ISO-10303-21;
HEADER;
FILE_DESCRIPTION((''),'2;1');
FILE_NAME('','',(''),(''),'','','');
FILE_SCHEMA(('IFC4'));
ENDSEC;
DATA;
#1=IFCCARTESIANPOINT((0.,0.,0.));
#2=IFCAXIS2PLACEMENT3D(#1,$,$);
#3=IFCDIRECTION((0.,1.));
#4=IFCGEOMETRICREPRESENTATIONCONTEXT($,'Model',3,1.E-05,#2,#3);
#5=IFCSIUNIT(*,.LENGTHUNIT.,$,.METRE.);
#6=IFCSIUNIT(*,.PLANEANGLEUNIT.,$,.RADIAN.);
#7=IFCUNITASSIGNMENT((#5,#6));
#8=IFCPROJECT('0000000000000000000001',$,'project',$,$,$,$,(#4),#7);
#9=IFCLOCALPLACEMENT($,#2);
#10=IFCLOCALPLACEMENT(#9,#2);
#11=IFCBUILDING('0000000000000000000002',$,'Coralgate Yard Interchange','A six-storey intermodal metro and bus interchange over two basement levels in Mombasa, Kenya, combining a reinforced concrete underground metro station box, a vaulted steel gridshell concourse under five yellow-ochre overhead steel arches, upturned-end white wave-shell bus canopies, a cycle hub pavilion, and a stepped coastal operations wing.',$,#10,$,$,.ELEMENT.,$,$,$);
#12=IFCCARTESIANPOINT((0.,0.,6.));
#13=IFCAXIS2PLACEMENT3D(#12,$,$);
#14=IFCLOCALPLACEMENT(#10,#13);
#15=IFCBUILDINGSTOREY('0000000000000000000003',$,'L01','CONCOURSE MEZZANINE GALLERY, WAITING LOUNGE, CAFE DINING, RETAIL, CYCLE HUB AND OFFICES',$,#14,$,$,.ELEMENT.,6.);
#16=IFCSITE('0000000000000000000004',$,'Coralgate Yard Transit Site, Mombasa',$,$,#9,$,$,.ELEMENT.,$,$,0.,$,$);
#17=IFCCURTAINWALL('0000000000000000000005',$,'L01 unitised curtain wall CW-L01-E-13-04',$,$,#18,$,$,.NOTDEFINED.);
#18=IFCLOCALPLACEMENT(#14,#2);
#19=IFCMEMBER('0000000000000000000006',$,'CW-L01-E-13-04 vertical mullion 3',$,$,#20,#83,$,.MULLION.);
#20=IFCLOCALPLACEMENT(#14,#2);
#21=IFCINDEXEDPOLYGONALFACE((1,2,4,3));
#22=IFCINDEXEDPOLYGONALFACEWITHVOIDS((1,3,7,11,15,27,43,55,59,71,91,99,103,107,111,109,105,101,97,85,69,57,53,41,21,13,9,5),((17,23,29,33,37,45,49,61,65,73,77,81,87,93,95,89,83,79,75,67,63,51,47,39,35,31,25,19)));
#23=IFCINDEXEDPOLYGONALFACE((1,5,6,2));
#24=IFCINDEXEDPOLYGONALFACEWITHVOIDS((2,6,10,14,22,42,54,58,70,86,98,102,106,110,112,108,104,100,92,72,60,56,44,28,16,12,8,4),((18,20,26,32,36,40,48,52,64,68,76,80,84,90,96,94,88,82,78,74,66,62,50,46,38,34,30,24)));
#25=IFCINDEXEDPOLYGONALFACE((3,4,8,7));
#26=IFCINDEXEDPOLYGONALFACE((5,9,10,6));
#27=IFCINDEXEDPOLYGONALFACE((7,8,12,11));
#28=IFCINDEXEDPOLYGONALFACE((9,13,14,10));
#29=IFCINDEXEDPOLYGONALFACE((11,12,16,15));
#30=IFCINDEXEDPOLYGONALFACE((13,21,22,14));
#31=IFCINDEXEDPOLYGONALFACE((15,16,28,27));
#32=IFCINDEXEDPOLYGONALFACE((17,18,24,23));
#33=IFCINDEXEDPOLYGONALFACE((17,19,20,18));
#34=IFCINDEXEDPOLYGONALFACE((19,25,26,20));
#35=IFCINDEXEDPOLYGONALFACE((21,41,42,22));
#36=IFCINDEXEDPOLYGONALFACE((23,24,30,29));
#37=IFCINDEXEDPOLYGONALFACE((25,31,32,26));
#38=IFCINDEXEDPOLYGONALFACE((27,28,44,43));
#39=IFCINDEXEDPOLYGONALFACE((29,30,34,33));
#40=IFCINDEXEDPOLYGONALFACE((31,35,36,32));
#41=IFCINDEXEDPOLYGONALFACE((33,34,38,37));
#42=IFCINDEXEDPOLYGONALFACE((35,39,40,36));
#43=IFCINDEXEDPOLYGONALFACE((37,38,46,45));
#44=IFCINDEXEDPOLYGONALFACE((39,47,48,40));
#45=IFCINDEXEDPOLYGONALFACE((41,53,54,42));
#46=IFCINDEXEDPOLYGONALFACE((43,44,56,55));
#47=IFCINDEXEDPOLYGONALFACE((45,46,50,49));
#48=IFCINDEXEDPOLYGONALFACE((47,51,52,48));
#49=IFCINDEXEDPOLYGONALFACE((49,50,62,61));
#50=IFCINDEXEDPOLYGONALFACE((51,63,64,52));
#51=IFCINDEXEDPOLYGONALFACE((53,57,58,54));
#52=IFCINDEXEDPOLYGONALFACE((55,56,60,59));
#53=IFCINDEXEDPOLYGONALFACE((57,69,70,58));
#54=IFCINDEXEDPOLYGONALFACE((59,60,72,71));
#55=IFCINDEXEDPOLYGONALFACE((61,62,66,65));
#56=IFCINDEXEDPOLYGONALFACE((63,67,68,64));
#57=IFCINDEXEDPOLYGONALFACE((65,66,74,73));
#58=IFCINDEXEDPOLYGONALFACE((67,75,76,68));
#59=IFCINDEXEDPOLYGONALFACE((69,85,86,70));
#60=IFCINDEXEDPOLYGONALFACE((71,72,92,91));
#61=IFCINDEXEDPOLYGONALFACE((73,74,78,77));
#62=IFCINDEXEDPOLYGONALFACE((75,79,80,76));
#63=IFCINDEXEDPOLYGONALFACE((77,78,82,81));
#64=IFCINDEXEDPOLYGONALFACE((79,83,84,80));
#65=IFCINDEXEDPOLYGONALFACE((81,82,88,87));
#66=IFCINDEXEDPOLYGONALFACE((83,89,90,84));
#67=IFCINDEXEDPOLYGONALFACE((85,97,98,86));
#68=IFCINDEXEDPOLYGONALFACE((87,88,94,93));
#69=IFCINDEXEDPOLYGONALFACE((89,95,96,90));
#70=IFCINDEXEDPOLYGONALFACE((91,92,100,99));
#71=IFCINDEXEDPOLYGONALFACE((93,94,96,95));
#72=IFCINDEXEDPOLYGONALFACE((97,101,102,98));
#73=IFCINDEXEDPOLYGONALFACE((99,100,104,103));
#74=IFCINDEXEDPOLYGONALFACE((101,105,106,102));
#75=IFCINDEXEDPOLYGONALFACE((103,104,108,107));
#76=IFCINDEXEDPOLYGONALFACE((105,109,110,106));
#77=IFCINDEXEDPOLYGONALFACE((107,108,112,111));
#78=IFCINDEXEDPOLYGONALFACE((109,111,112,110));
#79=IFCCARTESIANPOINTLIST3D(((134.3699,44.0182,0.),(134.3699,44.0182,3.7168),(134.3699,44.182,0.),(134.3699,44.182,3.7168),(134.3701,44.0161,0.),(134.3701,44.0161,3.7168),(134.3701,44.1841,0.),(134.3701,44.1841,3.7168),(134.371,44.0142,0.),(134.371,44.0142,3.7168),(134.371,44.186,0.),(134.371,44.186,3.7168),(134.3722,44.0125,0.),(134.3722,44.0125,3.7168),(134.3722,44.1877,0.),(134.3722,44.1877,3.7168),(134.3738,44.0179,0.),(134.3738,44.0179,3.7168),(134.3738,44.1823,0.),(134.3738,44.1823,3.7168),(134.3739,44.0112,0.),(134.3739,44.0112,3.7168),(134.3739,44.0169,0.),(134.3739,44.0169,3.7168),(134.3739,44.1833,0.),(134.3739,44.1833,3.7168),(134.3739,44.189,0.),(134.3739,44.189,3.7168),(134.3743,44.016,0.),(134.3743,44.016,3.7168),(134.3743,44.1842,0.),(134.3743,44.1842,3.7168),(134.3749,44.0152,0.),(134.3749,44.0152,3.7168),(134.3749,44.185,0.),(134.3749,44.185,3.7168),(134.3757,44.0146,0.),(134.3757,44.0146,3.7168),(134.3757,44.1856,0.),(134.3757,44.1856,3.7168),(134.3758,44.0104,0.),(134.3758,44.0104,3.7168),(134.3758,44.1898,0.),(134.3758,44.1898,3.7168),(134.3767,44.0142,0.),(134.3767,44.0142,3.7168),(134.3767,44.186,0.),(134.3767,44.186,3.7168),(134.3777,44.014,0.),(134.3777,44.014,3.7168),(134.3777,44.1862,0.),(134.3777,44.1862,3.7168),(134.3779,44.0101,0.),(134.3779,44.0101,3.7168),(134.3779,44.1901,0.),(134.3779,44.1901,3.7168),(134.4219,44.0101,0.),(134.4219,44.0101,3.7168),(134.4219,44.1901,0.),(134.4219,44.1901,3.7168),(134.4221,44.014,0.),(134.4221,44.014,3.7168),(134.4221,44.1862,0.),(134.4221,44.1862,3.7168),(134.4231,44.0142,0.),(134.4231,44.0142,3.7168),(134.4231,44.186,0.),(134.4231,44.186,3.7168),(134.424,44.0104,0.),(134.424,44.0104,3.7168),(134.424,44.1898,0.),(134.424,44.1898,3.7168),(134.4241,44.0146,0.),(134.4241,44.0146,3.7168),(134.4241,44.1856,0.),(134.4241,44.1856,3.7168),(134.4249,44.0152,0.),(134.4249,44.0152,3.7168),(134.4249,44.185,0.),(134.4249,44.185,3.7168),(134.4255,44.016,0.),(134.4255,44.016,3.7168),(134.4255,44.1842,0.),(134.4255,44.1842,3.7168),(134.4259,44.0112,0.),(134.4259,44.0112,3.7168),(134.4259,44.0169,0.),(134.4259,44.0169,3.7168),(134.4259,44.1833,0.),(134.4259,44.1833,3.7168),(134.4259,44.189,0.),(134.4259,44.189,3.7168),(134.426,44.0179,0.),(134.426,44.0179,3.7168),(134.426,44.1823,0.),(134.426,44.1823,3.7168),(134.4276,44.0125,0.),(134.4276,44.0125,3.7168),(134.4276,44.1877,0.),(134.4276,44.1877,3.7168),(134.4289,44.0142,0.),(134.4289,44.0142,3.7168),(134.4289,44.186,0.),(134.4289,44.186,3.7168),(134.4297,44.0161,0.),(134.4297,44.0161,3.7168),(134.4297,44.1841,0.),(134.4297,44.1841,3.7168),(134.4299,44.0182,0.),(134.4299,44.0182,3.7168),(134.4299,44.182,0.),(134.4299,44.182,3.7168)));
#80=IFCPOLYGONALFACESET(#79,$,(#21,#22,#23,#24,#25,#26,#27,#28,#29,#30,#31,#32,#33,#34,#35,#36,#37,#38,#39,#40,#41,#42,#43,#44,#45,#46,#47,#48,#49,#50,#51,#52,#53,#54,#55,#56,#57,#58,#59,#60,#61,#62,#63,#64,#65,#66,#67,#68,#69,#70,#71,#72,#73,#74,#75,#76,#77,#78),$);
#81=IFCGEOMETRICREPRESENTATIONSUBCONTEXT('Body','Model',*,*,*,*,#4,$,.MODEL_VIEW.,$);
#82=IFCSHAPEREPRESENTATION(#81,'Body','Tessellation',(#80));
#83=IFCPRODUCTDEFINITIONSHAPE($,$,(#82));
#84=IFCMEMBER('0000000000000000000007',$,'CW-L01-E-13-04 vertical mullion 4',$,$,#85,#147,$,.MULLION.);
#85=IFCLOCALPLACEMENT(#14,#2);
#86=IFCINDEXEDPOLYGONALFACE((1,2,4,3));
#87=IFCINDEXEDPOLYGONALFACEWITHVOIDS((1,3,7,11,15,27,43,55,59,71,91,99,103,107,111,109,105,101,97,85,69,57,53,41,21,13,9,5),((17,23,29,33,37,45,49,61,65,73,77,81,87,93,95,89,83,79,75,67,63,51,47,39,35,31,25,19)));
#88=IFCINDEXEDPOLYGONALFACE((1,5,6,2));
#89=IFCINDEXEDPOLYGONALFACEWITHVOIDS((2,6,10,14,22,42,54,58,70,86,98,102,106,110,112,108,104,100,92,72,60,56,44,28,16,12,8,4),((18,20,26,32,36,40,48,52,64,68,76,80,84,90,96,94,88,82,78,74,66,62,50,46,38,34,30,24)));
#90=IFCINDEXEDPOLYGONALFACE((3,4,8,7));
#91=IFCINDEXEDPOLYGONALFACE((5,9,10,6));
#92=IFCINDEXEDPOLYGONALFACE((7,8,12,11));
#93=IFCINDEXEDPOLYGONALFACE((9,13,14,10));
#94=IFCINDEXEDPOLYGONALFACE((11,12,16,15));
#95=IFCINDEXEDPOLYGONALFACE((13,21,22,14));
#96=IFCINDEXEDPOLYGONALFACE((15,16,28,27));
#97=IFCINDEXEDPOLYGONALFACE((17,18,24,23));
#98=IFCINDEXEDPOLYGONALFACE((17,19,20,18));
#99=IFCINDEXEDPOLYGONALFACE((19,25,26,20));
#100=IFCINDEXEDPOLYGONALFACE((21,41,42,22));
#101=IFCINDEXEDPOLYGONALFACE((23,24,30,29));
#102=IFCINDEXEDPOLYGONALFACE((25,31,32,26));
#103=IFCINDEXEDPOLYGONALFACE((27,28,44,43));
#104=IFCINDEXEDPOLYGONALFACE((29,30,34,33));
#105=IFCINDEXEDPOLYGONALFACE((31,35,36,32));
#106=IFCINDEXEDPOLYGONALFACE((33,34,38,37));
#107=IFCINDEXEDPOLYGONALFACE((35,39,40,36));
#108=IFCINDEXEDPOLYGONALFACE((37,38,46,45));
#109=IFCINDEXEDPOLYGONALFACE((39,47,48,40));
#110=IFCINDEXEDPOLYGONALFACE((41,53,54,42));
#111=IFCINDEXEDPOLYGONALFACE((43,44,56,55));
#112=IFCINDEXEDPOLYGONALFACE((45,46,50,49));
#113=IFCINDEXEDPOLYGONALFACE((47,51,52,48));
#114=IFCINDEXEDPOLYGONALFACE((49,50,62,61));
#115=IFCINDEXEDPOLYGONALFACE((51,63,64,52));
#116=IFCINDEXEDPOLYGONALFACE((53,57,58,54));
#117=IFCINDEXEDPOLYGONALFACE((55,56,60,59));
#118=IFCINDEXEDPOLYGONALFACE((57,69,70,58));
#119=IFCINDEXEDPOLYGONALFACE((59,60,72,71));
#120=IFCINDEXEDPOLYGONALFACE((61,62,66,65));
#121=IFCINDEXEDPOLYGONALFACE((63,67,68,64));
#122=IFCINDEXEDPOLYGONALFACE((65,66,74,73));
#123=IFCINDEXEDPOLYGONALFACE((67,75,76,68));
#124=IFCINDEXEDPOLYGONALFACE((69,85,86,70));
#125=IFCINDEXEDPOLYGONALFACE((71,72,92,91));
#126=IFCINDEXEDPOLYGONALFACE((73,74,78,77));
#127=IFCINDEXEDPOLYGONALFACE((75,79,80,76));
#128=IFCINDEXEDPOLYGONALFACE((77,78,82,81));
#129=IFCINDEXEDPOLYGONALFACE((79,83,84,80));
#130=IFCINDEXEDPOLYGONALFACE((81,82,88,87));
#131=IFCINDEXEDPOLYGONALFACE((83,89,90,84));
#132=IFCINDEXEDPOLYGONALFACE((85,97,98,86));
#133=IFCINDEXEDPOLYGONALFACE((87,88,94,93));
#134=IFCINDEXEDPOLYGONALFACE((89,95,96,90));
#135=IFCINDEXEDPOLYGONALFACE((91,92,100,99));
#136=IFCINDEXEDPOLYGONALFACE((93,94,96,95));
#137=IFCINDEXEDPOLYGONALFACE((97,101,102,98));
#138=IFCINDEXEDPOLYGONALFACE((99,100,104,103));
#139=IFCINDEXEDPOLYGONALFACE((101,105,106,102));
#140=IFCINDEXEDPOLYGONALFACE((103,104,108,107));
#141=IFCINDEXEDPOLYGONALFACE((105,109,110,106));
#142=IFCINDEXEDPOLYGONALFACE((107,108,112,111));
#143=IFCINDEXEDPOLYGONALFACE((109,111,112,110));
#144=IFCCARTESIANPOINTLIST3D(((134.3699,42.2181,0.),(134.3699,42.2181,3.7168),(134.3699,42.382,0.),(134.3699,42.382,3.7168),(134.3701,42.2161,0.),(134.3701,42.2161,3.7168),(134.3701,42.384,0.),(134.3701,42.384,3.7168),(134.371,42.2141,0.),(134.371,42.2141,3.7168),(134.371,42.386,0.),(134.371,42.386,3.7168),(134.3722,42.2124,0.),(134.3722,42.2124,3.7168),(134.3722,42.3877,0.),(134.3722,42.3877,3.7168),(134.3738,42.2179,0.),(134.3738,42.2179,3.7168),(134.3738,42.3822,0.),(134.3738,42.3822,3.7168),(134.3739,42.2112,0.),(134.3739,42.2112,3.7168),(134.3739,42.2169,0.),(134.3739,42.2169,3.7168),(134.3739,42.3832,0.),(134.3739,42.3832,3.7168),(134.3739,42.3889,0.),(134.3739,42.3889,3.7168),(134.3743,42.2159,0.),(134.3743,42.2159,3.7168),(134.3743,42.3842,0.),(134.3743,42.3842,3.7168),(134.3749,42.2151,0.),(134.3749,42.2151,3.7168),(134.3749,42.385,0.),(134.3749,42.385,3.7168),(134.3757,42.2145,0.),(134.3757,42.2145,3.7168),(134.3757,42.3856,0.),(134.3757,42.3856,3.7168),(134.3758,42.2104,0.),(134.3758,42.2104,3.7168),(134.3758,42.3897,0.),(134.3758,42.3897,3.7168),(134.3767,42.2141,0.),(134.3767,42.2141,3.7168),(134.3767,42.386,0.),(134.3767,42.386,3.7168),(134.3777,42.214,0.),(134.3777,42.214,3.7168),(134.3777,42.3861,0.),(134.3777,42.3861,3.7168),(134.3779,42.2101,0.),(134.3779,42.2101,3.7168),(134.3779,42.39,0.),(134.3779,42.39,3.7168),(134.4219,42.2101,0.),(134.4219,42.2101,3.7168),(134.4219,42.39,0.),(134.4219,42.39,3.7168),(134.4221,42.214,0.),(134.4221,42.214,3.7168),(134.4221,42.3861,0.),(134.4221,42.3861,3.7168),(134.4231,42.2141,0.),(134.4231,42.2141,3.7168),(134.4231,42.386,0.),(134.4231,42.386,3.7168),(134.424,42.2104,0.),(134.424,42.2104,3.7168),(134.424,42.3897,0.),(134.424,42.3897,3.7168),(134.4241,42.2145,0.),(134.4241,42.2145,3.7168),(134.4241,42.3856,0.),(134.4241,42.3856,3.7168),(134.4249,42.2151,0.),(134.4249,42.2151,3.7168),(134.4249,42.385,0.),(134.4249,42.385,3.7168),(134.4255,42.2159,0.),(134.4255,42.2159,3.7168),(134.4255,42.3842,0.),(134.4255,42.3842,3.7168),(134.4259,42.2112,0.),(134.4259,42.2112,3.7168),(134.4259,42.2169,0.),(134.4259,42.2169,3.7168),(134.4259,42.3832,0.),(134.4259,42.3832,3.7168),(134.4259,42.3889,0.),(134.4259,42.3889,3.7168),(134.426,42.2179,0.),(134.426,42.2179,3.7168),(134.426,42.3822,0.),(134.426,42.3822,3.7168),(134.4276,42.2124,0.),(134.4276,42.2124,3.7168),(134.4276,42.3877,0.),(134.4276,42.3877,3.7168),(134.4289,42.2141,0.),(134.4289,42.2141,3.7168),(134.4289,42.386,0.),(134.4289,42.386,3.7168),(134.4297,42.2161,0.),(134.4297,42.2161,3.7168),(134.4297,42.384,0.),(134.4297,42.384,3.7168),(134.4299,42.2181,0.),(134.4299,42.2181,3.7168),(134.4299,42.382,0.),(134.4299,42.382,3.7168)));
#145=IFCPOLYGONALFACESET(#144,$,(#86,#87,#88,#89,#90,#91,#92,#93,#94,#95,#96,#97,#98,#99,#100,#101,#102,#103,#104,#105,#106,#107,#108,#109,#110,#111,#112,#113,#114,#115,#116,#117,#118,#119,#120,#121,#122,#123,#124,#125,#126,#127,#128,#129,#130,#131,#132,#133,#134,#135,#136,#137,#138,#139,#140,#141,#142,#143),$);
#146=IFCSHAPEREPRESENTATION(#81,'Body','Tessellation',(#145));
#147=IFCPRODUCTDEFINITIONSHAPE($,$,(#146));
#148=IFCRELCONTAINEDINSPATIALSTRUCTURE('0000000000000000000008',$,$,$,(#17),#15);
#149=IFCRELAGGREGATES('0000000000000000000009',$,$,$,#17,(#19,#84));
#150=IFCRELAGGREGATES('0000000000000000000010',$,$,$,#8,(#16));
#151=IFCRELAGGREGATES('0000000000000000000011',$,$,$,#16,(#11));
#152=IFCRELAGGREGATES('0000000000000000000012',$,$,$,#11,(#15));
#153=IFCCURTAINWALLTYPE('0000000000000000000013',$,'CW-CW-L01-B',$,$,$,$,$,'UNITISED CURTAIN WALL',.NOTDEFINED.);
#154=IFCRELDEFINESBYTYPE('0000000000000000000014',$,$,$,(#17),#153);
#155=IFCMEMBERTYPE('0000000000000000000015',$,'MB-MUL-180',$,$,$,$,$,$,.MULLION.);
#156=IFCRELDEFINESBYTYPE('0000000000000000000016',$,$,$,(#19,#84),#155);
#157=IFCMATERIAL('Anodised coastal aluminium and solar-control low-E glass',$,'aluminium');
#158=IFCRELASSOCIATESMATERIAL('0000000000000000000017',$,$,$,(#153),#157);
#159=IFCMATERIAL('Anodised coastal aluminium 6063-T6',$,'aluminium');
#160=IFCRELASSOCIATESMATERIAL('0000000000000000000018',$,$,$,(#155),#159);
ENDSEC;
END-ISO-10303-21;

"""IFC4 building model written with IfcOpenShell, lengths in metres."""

from ifc_helpers import new_model, si_unit, direction, frame, origin, origin_2d, place, context, subcontext, project, spatial, hollow_rectangle, extrude, material, material_profile, profile_set, type_object, element, aggregate, save


model = new_model("IFC4")

# Units and contexts
model_context = context("Model", 3, precision=1e-05, world=origin(), true_north=direction((0.0, 1.0)))
body_context = subcontext(model_context, "Body", "Model", "MODEL_VIEW")
ifc_project = project(units=[si_unit("LENGTHUNIT", "METRE"), si_unit("PLANEANGLEUNIT", "RADIAN")], contexts=[model_context])

# Site, building, storey
site_placement = place(None, origin())
site = spatial("IfcSite", under=ifc_project, at=site_placement, Name="Coralgate Yard Transit Site, Mombasa", CompositionType="ELEMENT", RefElevation=0.0)
building_placement = place(site_placement, origin())
building = spatial("IfcBuilding", under=site, at=building_placement, Name="Coralgate Yard Interchange", Description="A six-storey intermodal metro and bus interchange over two basement levels in Mombasa, Kenya, combining a reinforced concrete underground metro station box, a vaulted steel gridshell concourse under five yellow-ochre overhead steel arches, upturned-end white wave-shell bus canopies, a cycle hub pavilion, and a stepped coastal operations wing.", CompositionType="ELEMENT")
storey_placement = place(building_placement, frame((0.0, 0.0, 6.0)))
storey = spatial("IfcBuildingStorey", under=building, at=storey_placement, Name="L01", Description="CONCOURSE MEZZANINE GALLERY, WAITING LOUNGE, CAFE DINING, RETAIL, CYCLE HUB AND OFFICES", CompositionType="ELEMENT", Elevation=6.0)

# Curtain wall, members
ifc_material_1 = material(Name="Anodised coastal aluminium and solar-control low-E glass", Category="aluminium")
curtain_wall_type = type_object("IfcCurtainWallType", Name="CW-CW-L01-B", ElementType="UNITISED CURTAIN WALL", PredefinedType="NOTDEFINED", material=ifc_material_1)
curtain_wall_placement = place(storey_placement, origin())
curtain_wall = element("IfcCurtainWall", 1, at=curtain_wall_placement, inside=storey, type_object=curtain_wall_type, Name="L01 unitised curtain wall CW-L01-E-13-04", PredefinedType="NOTDEFINED")
ifc_material_2 = material(Name="Anodised coastal aluminium 6063-T6", Category="aluminium")
ifc_material_profile_1 = material_profile(ifc_material_2, hollow_rectangle(XDim=0.0601, YDim=0.1799, WallThickness=0.0039, InnerFilletRadius=0.0039, OuterFilletRadius=0.0081, at=origin_2d()), Name="ALU 60x180x4")
ifc_profile_set_1 = profile_set([ifc_material_profile_1], Name="Anodised coastal aluminium 6063-T6")
member_type_1 = type_object("IfcMemberType", Name="MB-MUL-180", PredefinedType="MULLION", material=ifc_profile_set_1)
member_1_placement = place(storey_placement, frame((134.3999, 44.1001, 0.0), z_axis=(0.0, 0.0, 1.0), x_axis=(1.0, 0.0, 0.0)))
member_1 = element("IfcMember", 2, at=member_1_placement, type_object=member_type_1, Name="CW-L01-E-13-04 vertical mullion 3", PredefinedType="MULLION", context=body_context, shape_type="SweptSolid", body=[
    extrude(hollow_rectangle(XDim=0.0601, YDim=0.1799, WallThickness=0.0039, InnerFilletRadius=0.0039, OuterFilletRadius=0.0081, at=origin_2d()), origin(), (0.0, 0.0, 1.0), 3.7168),
])
member_2_placement = place(storey_placement, frame((134.3999, 42.3, 0.0), z_axis=(0.0, 0.0, 1.0), x_axis=(1.0, 0.0, 0.0)))
member_2 = element("IfcMember", 3, at=member_2_placement, type_object=member_type_1, Name="CW-L01-E-13-04 vertical mullion 4", PredefinedType="MULLION", context=body_context, shape_type="SweptSolid", body=[
    extrude(hollow_rectangle(XDim=0.0601, YDim=0.1799, WallThickness=0.0039, InnerFilletRadius=0.0039, OuterFilletRadius=0.0081, at=origin_2d()), origin(), (0.0, 0.0, 1.0), 3.7168),
])
aggregate(curtain_wall, [member_1, member_2])

save(model, "model.ifc")
